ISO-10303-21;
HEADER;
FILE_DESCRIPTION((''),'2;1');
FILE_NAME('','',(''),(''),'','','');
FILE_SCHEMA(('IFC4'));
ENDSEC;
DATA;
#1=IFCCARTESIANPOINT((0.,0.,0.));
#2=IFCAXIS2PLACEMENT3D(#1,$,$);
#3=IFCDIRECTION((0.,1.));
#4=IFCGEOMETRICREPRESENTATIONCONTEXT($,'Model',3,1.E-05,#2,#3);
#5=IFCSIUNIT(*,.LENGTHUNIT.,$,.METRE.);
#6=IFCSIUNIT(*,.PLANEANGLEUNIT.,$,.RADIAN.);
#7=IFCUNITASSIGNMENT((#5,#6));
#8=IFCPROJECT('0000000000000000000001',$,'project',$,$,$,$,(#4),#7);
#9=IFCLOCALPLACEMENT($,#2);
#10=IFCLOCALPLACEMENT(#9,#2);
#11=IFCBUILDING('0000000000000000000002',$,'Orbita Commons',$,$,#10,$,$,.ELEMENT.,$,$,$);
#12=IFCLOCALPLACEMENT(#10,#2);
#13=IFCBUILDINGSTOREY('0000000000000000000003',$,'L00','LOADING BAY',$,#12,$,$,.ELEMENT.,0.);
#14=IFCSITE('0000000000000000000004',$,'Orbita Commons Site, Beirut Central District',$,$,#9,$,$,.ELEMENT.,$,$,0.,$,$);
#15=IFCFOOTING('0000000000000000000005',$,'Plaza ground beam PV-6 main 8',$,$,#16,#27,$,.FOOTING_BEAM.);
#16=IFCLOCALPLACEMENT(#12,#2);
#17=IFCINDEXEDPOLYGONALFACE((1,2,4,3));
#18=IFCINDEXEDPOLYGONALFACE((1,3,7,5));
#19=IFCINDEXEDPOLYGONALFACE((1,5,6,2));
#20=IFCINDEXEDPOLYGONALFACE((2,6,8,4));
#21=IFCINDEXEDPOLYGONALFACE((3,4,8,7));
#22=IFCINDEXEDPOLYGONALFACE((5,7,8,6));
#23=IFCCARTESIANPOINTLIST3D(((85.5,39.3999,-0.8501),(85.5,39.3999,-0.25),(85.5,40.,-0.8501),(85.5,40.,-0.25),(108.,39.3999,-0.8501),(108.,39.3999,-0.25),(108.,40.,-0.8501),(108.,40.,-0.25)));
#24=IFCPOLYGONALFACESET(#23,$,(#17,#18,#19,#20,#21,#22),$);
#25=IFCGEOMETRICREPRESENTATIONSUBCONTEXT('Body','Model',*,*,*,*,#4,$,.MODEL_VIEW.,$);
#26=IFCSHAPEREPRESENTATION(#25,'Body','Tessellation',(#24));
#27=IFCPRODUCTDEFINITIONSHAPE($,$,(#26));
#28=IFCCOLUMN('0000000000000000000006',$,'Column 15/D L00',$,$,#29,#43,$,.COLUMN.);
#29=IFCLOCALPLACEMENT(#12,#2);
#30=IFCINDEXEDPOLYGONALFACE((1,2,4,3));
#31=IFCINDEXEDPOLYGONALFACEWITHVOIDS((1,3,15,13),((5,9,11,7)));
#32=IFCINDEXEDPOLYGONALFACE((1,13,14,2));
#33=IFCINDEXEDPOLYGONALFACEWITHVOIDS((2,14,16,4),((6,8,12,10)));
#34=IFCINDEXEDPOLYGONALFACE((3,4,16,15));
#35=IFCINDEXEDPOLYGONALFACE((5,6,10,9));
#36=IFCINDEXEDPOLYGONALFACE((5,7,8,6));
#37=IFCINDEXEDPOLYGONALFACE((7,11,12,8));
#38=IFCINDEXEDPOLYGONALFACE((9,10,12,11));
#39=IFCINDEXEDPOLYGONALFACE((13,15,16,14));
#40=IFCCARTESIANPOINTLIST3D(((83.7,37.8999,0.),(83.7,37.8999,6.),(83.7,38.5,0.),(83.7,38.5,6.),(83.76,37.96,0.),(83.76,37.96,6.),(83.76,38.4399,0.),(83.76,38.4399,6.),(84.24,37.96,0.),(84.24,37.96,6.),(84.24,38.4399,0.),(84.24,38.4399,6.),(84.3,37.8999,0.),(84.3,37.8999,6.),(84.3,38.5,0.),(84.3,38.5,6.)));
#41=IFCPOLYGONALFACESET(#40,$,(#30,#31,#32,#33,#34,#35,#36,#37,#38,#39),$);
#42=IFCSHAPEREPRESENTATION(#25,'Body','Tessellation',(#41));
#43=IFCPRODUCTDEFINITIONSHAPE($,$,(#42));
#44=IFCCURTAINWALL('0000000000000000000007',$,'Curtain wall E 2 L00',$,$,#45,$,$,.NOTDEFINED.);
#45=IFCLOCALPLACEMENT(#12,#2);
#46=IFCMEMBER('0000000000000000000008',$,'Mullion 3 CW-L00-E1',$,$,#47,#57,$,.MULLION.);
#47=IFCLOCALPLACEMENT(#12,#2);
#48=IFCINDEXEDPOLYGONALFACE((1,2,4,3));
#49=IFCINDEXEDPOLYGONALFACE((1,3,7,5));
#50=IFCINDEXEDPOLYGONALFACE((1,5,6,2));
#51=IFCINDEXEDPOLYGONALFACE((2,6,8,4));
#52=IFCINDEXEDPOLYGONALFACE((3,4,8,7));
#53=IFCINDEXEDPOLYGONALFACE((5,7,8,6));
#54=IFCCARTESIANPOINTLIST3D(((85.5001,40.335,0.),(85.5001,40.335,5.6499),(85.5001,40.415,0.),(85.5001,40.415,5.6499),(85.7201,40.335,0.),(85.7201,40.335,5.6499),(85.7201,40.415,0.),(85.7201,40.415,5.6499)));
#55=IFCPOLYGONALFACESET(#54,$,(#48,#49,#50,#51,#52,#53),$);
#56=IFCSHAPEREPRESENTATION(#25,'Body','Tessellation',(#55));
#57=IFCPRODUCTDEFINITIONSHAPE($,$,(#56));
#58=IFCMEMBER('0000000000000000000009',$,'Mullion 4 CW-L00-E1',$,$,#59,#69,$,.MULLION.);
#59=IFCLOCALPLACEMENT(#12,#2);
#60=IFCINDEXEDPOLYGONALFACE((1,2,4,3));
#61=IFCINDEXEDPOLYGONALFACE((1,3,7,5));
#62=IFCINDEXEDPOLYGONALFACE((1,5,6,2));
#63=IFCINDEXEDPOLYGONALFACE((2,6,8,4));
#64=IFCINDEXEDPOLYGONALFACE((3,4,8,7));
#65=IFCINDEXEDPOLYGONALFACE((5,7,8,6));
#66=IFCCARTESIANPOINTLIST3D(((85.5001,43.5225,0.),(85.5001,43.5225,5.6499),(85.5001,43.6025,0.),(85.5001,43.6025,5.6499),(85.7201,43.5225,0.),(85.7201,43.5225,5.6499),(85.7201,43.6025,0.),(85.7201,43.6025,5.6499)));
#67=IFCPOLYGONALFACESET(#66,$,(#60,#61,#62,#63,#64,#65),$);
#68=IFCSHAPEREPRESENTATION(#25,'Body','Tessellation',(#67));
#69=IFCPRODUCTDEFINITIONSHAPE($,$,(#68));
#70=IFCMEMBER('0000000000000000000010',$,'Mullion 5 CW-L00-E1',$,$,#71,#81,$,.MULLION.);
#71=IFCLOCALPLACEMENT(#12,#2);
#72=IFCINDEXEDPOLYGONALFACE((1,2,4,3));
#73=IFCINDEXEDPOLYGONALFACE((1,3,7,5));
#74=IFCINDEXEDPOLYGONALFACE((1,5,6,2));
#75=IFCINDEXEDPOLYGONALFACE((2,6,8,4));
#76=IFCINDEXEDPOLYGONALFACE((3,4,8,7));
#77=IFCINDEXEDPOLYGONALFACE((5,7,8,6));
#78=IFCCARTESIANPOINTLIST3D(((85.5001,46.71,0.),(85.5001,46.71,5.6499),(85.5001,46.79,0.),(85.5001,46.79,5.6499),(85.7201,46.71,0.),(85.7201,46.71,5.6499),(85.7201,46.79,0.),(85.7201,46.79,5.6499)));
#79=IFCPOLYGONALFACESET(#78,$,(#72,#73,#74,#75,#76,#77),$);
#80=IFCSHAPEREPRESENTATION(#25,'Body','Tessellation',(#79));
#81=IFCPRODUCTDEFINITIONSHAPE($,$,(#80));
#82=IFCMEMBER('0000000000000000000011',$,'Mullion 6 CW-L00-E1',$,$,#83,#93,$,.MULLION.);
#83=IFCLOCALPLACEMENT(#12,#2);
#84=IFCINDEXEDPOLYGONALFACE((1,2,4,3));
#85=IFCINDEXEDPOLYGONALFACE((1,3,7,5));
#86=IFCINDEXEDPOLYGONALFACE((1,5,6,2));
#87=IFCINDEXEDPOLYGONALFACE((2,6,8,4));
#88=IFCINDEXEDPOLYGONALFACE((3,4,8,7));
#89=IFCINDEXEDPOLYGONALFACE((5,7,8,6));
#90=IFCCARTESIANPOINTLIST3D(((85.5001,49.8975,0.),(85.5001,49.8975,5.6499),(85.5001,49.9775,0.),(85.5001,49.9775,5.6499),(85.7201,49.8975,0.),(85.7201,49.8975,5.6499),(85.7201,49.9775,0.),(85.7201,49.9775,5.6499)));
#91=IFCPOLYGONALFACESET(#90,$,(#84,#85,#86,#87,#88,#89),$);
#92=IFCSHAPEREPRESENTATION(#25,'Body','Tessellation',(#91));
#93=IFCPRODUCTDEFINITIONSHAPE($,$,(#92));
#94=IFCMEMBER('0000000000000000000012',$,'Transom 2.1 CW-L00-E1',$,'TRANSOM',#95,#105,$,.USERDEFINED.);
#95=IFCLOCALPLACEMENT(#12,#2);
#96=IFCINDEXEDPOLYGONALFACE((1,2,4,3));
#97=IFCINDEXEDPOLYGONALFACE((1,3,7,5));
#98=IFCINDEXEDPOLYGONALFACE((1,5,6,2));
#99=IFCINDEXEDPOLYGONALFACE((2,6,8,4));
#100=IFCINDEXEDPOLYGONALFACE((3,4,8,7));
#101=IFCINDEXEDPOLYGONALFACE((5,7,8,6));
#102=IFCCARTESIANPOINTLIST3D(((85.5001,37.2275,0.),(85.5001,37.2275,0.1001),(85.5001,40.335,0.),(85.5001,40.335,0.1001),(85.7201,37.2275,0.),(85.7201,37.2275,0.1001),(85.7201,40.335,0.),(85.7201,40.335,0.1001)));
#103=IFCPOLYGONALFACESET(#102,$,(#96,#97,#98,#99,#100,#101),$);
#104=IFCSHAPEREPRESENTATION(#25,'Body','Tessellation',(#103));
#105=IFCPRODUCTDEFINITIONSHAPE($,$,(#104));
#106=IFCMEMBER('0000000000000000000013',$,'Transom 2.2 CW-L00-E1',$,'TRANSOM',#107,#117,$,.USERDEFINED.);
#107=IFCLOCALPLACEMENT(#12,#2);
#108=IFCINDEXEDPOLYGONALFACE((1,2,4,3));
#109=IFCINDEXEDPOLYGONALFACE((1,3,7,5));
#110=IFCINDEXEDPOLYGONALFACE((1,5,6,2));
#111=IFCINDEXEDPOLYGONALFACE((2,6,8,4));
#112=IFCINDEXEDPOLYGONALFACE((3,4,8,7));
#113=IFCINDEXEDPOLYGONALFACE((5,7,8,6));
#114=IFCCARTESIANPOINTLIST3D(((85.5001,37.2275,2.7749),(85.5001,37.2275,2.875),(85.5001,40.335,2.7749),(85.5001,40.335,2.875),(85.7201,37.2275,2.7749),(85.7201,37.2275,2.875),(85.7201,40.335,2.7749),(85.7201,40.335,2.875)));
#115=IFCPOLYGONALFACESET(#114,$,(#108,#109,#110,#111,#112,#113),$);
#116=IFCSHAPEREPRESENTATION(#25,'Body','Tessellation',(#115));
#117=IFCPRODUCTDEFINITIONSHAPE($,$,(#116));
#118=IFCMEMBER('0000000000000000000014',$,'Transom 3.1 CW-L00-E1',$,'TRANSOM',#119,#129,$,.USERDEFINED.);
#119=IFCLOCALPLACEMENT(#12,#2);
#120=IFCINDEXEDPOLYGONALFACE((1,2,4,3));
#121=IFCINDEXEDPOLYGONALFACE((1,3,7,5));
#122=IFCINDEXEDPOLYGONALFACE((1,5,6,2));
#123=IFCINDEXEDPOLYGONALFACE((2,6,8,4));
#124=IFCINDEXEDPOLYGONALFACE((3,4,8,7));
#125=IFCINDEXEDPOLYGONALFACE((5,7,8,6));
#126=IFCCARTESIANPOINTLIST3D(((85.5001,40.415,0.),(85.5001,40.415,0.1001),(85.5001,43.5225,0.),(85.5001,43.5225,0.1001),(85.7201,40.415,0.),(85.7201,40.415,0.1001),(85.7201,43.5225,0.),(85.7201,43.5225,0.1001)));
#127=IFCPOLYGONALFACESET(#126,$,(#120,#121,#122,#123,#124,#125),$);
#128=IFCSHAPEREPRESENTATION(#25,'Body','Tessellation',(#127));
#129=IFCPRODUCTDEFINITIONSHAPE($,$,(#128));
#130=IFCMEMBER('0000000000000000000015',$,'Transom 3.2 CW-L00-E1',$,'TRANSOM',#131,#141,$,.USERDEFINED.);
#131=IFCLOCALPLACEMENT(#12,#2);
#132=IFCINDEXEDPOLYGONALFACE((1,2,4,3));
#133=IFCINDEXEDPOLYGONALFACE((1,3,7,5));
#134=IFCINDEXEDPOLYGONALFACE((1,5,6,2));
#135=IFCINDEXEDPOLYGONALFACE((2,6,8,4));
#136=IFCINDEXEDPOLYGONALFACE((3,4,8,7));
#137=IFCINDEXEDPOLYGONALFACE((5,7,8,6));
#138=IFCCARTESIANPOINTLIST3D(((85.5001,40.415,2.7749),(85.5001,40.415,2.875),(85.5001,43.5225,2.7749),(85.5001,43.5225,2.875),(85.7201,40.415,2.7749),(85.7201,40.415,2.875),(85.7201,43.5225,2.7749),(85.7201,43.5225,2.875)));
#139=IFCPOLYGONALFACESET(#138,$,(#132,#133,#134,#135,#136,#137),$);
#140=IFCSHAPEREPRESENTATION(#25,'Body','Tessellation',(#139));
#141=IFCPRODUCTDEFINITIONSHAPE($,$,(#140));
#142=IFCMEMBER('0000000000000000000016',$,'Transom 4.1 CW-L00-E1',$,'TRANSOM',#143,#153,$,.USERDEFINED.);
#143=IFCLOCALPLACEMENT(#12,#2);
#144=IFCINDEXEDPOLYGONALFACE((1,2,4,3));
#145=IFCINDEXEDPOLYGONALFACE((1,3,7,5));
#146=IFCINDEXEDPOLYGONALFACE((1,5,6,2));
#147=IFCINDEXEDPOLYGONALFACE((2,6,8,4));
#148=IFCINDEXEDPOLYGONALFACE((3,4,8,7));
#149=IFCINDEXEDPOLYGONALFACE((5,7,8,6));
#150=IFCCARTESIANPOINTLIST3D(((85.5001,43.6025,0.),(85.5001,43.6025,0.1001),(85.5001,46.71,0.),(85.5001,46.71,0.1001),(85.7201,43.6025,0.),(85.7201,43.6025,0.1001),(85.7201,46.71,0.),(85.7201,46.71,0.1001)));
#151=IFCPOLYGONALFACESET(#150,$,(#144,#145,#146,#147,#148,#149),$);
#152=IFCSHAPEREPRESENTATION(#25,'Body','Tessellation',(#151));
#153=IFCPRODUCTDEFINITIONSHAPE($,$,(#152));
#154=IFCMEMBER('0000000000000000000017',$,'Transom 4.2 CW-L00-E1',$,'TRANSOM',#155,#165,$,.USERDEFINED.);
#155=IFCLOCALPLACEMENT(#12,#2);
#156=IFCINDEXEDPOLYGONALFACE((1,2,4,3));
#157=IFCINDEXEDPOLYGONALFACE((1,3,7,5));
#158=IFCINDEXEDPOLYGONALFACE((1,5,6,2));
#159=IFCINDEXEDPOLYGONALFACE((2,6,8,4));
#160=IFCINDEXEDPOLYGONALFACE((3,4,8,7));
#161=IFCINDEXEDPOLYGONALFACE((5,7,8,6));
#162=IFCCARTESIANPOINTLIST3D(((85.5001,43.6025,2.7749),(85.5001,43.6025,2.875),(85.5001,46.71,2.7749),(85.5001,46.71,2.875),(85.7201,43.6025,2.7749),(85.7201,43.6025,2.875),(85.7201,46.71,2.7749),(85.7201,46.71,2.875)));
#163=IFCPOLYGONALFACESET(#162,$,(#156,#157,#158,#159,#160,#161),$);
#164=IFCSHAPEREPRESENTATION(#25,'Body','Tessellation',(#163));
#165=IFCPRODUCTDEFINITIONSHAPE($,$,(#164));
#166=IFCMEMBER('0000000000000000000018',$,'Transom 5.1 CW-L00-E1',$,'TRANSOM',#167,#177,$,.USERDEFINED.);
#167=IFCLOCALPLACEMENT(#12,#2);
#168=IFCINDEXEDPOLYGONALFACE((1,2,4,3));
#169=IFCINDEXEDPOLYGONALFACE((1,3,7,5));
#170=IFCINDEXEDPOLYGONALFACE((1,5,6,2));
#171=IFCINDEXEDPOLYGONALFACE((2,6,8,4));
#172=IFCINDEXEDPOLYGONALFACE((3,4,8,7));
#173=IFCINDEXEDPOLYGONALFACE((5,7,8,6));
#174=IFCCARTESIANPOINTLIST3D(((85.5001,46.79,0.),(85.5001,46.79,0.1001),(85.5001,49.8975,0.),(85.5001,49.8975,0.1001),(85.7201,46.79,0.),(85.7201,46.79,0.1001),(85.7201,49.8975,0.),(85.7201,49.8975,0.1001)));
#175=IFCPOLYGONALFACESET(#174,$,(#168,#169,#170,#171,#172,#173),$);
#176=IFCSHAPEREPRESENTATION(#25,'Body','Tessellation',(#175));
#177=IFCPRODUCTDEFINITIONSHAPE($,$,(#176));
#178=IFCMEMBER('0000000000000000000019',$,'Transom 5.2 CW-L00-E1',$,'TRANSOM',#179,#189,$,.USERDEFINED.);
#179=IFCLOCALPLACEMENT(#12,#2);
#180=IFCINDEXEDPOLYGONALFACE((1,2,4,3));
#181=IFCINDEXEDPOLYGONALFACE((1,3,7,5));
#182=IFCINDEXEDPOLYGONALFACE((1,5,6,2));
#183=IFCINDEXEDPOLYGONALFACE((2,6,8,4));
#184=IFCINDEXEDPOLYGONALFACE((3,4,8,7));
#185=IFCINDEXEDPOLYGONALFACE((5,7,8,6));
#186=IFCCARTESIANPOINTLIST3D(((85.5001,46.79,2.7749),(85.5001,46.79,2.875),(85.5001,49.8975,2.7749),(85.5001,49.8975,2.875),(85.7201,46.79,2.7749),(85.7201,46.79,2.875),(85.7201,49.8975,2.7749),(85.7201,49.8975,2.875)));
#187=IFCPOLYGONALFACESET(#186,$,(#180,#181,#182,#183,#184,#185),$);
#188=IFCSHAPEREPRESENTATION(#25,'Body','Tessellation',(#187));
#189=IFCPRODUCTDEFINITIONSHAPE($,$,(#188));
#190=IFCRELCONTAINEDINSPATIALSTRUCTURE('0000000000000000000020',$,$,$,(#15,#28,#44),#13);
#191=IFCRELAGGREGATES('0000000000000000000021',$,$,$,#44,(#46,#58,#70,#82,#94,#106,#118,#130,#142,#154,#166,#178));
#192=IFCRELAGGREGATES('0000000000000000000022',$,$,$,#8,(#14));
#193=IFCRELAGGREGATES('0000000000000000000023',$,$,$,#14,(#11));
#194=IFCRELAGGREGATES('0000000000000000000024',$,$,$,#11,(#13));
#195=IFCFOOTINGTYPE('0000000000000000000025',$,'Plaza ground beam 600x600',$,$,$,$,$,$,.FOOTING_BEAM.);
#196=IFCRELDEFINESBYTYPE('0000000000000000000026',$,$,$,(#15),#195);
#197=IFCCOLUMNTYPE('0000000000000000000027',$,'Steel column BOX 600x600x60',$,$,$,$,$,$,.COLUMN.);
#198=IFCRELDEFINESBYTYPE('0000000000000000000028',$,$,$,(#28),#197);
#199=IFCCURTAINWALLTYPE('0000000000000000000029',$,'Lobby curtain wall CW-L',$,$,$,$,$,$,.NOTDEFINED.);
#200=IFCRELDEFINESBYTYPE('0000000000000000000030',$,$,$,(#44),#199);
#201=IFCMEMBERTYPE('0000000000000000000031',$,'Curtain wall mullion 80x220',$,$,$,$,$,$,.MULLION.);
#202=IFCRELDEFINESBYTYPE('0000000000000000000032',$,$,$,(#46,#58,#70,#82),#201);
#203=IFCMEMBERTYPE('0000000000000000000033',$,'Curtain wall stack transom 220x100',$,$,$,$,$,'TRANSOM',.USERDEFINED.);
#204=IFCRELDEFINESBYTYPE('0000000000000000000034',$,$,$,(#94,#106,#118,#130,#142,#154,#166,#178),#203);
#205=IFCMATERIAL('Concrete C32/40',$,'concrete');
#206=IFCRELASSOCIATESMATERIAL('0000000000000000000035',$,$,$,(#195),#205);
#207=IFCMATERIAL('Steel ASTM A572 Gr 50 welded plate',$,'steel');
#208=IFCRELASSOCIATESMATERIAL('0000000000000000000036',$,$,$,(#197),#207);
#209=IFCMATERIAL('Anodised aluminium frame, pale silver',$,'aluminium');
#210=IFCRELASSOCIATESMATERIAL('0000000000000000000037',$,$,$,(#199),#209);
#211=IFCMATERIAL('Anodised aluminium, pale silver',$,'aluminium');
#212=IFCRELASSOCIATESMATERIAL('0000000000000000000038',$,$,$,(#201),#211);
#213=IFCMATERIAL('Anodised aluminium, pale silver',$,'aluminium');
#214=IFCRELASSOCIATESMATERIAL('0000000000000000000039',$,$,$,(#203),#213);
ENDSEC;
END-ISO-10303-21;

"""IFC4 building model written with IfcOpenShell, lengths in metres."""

from ifc_helpers import new_model, si_unit, direction, frame, origin, origin_2d, place, context, subcontext, project, spatial, rectangle, hollow_rectangle, extrude, material, material_profile, profile_set, type_object, element, aggregate, save


model = new_model("IFC4")

# Units and contexts
model_context = context("Model", 3, precision=1e-05, world=origin(), true_north=direction((0.0, 1.0)))
body_context = subcontext(model_context, "Body", "Model", "MODEL_VIEW")
ifc_project = project(units=[si_unit("LENGTHUNIT", "METRE"), si_unit("PLANEANGLEUNIT", "RADIAN")], contexts=[model_context])

# Site, building, storey
site_placement = place(None, origin())
site = spatial("IfcSite", under=ifc_project, at=site_placement, Name="Orbita Commons Site, Beirut Central District", CompositionType="ELEMENT", RefElevation=0.0)
building_placement = place(site_placement, origin())
building = spatial("IfcBuilding", under=site, at=building_placement, Name="Orbita Commons", CompositionType="ELEMENT")
storey_placement = place(building_placement, origin())
storey = spatial("IfcBuildingStorey", under=building, at=storey_placement, Name="L00", Description="LOADING BAY", CompositionType="ELEMENT", Elevation=0.0)

# Footing
ifc_material_1 = material(Name="Concrete C32/40", Category="concrete")
footing_type = type_object("IfcFootingType", Name="Plaza ground beam 600x600", PredefinedType="FOOTING_BEAM", material=ifc_material_1)
footing_placement = place(storey_placement, frame((96.75, 39.7, -0.8501), z_axis=(0.0, 0.0, 1.0), x_axis=(1.0, 0.0, 0.0)))
element("IfcFooting", 1, at=footing_placement, inside=storey, type_object=footing_type, Name="Plaza ground beam PV-6 main 8", PredefinedType="FOOTING_BEAM", context=body_context, shape_type="SweptSolid", body=[
    extrude(rectangle(XDim=22.5, YDim=0.6001, at=origin_2d()), origin(), (0.0, 0.0, 1.0), 0.6001),
])

# Column
ifc_material_2 = material(Name="Steel ASTM A572 Gr 50 welded plate", Category="steel")
ifc_material_profile_1 = material_profile(ifc_material_2, hollow_rectangle(XDim=0.6001, YDim=0.6001, WallThickness=0.0601, at=origin_2d()), Name="BOX 600x600x60")
ifc_profile_set_1 = profile_set([ifc_material_profile_1], Name="Steel ASTM A572 Gr 50 welded plate")
column_type = type_object("IfcColumnType", Name="Steel column BOX 600x600x60", PredefinedType="COLUMN", material=ifc_profile_set_1)
column_placement = place(storey_placement, frame((84.0, 38.2, 0.0), z_axis=(0.0, 0.0, 1.0), x_axis=(1.0, 0.0, 0.0)))
element("IfcColumn", 2, at=column_placement, inside=storey, type_object=column_type, Name="Column 15/D L00", PredefinedType="COLUMN", context=body_context, shape_type="SweptSolid", body=[
    extrude(hollow_rectangle(XDim=0.6001, YDim=0.6001, WallThickness=0.0601, at=origin_2d()), origin(), (0.0, 0.0, 1.0), 6.0),
])

# Curtain wall, members
ifc_material_3 = material(Name="Anodised aluminium frame, pale silver", Category="aluminium")
curtain_wall_type = type_object("IfcCurtainWallType", Name="Lobby curtain wall CW-L", PredefinedType="NOTDEFINED", material=ifc_material_3)
curtain_wall_placement = place(storey_placement, origin())
curtain_wall = element("IfcCurtainWall", 3, at=curtain_wall_placement, inside=storey, type_object=curtain_wall_type, Name="Curtain wall E 2 L00", PredefinedType="NOTDEFINED")
ifc_material_4 = material(Name="Anodised aluminium, pale silver", Category="aluminium")
ifc_material_profile_2 = material_profile(ifc_material_4, rectangle(XDim=0.0801, YDim=0.22, at=origin_2d()), Name="AL 80x220")
ifc_profile_set_2 = profile_set([ifc_material_profile_2], Name="Anodised aluminium, pale silver")
member_type_1 = type_object("IfcMemberType", Name="Curtain wall mullion 80x220", PredefinedType="MULLION", material=ifc_profile_set_2)
member_1_placement = place(storey_placement, frame((85.6101, 40.375, 0.0), z_axis=(0.0, 0.0, 1.0), x_axis=(0.0, 1.0, 0.0)))
member_1 = element("IfcMember", 4, at=member_1_placement, type_object=member_type_1, Name="Mullion 3 CW-L00-E1", PredefinedType="MULLION", context=body_context, shape_type="SweptSolid", body=[
    extrude(rectangle(XDim=0.0801, YDim=0.22, at=origin_2d()), origin(), (0.0, 0.0, 1.0), 5.6499),
])
member_2_placement = place(storey_placement, frame((85.6101, 43.5625, 0.0), z_axis=(0.0, 0.0, 1.0), x_axis=(0.0, 1.0, 0.0)))
member_2 = element("IfcMember", 5, at=member_2_placement, type_object=member_type_1, Name="Mullion 4 CW-L00-E1", PredefinedType="MULLION", context=body_context, shape_type="SweptSolid", body=[
    extrude(rectangle(XDim=0.0801, YDim=0.22, at=origin_2d()), origin(), (0.0, 0.0, 1.0), 5.6499),
])
member_3_placement = place(storey_placement, frame((85.6101, 46.75, 0.0), z_axis=(0.0, 0.0, 1.0), x_axis=(0.0, 1.0, 0.0)))
member_3 = element("IfcMember", 6, at=member_3_placement, type_object=member_type_1, Name="Mullion 5 CW-L00-E1", PredefinedType="MULLION", context=body_context, shape_type="SweptSolid", body=[
    extrude(rectangle(XDim=0.0801, YDim=0.22, at=origin_2d()), origin(), (0.0, 0.0, 1.0), 5.6499),
])
member_4_placement = place(storey_placement, frame((85.6101, 49.9375, 0.0), z_axis=(0.0, 0.0, 1.0), x_axis=(0.0, 1.0, 0.0)))
member_4 = element("IfcMember", 7, at=member_4_placement, type_object=member_type_1, Name="Mullion 6 CW-L00-E1", PredefinedType="MULLION", context=body_context, shape_type="SweptSolid", body=[
    extrude(rectangle(XDim=0.0801, YDim=0.22, at=origin_2d()), origin(), (0.0, 0.0, 1.0), 5.6499),
])
ifc_material_5 = material(Name="Anodised aluminium, pale silver", Category="aluminium")
ifc_material_profile_3 = material_profile(ifc_material_5, rectangle(XDim=0.22, YDim=0.1001, at=origin_2d()), Name="AL 220x100")
ifc_profile_set_3 = profile_set([ifc_material_profile_3], Name="Anodised aluminium, pale silver")
member_type_2 = type_object("IfcMemberType", Name="Curtain wall stack transom 220x100", ElementType="TRANSOM", PredefinedType="USERDEFINED", material=ifc_profile_set_3)
member_5_placement = place(storey_placement, frame((85.6101, 37.2275, 0.05), z_axis=(0.0, 1.0, 0.0), x_axis=(-1.0, 0.0, 0.0)))
member_5 = element("IfcMember", 8, at=member_5_placement, type_object=member_type_2, Name="Transom 2.1 CW-L00-E1", ObjectType="TRANSOM", PredefinedType="USERDEFINED", context=body_context, shape_type="SweptSolid", body=[
    extrude(rectangle(XDim=0.22, YDim=0.1001, at=origin_2d()), origin(), (0.0, 0.0, 1.0), 3.1074),
])
member_6_placement = place(storey_placement, frame((85.6101, 37.2275, 2.825), z_axis=(0.0, 1.0, 0.0), x_axis=(-1.0, 0.0, 0.0)))
member_6 = element("IfcMember", 9, at=member_6_placement, type_object=member_type_2, Name="Transom 2.2 CW-L00-E1", ObjectType="TRANSOM", PredefinedType="USERDEFINED", context=body_context, shape_type="SweptSolid", body=[
    extrude(rectangle(XDim=0.22, YDim=0.1001, at=origin_2d()), origin(), (0.0, 0.0, 1.0), 3.1074),
])
member_7_placement = place(storey_placement, frame((85.6101, 40.415, 0.05), z_axis=(0.0, 1.0, 0.0), x_axis=(-1.0, 0.0, 0.0)))
member_7 = element("IfcMember", 10, at=member_7_placement, type_object=member_type_2, Name="Transom 3.1 CW-L00-E1", ObjectType="TRANSOM", PredefinedType="USERDEFINED", context=body_context, shape_type="SweptSolid", body=[
    extrude(rectangle(XDim=0.22, YDim=0.1001, at=origin_2d()), origin(), (0.0, 0.0, 1.0), 3.1074),
])
member_8_placement = place(storey_placement, frame((85.6101, 40.415, 2.825), z_axis=(0.0, 1.0, 0.0), x_axis=(-1.0, 0.0, 0.0)))
member_8 = element("IfcMember", 11, at=member_8_placement, type_object=member_type_2, Name="Transom 3.2 CW-L00-E1", ObjectType="TRANSOM", PredefinedType="USERDEFINED", context=body_context, shape_type="SweptSolid", body=[
    extrude(rectangle(XDim=0.22, YDim=0.1001, at=origin_2d()), origin(), (0.0, 0.0, 1.0), 3.1074),
])
member_9_placement = place(storey_placement, frame((85.6101, 43.6025, 0.05), z_axis=(0.0, 1.0, 0.0), x_axis=(-1.0, 0.0, 0.0)))
member_9 = element("IfcMember", 12, at=member_9_placement, type_object=member_type_2, Name="Transom 4.1 CW-L00-E1", ObjectType="TRANSOM", PredefinedType="USERDEFINED", context=body_context, shape_type="SweptSolid", body=[
    extrude(rectangle(XDim=0.22, YDim=0.1001, at=origin_2d()), origin(), (0.0, 0.0, 1.0), 3.1074),
])
member_10_placement = place(storey_placement, frame((85.6101, 43.6025, 2.825), z_axis=(0.0, 1.0, 0.0), x_axis=(-1.0, 0.0, 0.0)))
member_10 = element("IfcMember", 13, at=member_10_placement, type_object=member_type_2, Name="Transom 4.2 CW-L00-E1", ObjectType="TRANSOM", PredefinedType="USERDEFINED", context=body_context, shape_type="SweptSolid", body=[
    extrude(rectangle(XDim=0.22, YDim=0.1001, at=origin_2d()), origin(), (0.0, 0.0, 1.0), 3.1074),
])
member_11_placement = place(storey_placement, frame((85.6101, 46.79, 0.05), z_axis=(0.0, 1.0, 0.0), x_axis=(-1.0, 0.0, 0.0)))
member_11 = element("IfcMember", 14, at=member_11_placement, type_object=member_type_2, Name="Transom 5.1 CW-L00-E1", ObjectType="TRANSOM", PredefinedType="USERDEFINED", context=body_context, shape_type="SweptSolid", body=[
    extrude(rectangle(XDim=0.22, YDim=0.1001, at=origin_2d()), origin(), (0.0, 0.0, 1.0), 3.1074),
])
member_12_placement = place(storey_placement, frame((85.6101, 46.79, 2.825), z_axis=(0.0, 1.0, 0.0), x_axis=(-1.0, 0.0, 0.0)))
member_12 = element("IfcMember", 15, at=member_12_placement, type_object=member_type_2, Name="Transom 5.2 CW-L00-E1", ObjectType="TRANSOM", PredefinedType="USERDEFINED", context=body_context, shape_type="SweptSolid", body=[
    extrude(rectangle(XDim=0.22, YDim=0.1001, at=origin_2d()), origin(), (0.0, 0.0, 1.0), 3.1074),
])

aggregate(curtain_wall, [member_1, member_2, member_3, member_4, member_5, member_6, member_7, member_8, member_9, member_10, member_11, member_12])

save(model, "model.ifc")
